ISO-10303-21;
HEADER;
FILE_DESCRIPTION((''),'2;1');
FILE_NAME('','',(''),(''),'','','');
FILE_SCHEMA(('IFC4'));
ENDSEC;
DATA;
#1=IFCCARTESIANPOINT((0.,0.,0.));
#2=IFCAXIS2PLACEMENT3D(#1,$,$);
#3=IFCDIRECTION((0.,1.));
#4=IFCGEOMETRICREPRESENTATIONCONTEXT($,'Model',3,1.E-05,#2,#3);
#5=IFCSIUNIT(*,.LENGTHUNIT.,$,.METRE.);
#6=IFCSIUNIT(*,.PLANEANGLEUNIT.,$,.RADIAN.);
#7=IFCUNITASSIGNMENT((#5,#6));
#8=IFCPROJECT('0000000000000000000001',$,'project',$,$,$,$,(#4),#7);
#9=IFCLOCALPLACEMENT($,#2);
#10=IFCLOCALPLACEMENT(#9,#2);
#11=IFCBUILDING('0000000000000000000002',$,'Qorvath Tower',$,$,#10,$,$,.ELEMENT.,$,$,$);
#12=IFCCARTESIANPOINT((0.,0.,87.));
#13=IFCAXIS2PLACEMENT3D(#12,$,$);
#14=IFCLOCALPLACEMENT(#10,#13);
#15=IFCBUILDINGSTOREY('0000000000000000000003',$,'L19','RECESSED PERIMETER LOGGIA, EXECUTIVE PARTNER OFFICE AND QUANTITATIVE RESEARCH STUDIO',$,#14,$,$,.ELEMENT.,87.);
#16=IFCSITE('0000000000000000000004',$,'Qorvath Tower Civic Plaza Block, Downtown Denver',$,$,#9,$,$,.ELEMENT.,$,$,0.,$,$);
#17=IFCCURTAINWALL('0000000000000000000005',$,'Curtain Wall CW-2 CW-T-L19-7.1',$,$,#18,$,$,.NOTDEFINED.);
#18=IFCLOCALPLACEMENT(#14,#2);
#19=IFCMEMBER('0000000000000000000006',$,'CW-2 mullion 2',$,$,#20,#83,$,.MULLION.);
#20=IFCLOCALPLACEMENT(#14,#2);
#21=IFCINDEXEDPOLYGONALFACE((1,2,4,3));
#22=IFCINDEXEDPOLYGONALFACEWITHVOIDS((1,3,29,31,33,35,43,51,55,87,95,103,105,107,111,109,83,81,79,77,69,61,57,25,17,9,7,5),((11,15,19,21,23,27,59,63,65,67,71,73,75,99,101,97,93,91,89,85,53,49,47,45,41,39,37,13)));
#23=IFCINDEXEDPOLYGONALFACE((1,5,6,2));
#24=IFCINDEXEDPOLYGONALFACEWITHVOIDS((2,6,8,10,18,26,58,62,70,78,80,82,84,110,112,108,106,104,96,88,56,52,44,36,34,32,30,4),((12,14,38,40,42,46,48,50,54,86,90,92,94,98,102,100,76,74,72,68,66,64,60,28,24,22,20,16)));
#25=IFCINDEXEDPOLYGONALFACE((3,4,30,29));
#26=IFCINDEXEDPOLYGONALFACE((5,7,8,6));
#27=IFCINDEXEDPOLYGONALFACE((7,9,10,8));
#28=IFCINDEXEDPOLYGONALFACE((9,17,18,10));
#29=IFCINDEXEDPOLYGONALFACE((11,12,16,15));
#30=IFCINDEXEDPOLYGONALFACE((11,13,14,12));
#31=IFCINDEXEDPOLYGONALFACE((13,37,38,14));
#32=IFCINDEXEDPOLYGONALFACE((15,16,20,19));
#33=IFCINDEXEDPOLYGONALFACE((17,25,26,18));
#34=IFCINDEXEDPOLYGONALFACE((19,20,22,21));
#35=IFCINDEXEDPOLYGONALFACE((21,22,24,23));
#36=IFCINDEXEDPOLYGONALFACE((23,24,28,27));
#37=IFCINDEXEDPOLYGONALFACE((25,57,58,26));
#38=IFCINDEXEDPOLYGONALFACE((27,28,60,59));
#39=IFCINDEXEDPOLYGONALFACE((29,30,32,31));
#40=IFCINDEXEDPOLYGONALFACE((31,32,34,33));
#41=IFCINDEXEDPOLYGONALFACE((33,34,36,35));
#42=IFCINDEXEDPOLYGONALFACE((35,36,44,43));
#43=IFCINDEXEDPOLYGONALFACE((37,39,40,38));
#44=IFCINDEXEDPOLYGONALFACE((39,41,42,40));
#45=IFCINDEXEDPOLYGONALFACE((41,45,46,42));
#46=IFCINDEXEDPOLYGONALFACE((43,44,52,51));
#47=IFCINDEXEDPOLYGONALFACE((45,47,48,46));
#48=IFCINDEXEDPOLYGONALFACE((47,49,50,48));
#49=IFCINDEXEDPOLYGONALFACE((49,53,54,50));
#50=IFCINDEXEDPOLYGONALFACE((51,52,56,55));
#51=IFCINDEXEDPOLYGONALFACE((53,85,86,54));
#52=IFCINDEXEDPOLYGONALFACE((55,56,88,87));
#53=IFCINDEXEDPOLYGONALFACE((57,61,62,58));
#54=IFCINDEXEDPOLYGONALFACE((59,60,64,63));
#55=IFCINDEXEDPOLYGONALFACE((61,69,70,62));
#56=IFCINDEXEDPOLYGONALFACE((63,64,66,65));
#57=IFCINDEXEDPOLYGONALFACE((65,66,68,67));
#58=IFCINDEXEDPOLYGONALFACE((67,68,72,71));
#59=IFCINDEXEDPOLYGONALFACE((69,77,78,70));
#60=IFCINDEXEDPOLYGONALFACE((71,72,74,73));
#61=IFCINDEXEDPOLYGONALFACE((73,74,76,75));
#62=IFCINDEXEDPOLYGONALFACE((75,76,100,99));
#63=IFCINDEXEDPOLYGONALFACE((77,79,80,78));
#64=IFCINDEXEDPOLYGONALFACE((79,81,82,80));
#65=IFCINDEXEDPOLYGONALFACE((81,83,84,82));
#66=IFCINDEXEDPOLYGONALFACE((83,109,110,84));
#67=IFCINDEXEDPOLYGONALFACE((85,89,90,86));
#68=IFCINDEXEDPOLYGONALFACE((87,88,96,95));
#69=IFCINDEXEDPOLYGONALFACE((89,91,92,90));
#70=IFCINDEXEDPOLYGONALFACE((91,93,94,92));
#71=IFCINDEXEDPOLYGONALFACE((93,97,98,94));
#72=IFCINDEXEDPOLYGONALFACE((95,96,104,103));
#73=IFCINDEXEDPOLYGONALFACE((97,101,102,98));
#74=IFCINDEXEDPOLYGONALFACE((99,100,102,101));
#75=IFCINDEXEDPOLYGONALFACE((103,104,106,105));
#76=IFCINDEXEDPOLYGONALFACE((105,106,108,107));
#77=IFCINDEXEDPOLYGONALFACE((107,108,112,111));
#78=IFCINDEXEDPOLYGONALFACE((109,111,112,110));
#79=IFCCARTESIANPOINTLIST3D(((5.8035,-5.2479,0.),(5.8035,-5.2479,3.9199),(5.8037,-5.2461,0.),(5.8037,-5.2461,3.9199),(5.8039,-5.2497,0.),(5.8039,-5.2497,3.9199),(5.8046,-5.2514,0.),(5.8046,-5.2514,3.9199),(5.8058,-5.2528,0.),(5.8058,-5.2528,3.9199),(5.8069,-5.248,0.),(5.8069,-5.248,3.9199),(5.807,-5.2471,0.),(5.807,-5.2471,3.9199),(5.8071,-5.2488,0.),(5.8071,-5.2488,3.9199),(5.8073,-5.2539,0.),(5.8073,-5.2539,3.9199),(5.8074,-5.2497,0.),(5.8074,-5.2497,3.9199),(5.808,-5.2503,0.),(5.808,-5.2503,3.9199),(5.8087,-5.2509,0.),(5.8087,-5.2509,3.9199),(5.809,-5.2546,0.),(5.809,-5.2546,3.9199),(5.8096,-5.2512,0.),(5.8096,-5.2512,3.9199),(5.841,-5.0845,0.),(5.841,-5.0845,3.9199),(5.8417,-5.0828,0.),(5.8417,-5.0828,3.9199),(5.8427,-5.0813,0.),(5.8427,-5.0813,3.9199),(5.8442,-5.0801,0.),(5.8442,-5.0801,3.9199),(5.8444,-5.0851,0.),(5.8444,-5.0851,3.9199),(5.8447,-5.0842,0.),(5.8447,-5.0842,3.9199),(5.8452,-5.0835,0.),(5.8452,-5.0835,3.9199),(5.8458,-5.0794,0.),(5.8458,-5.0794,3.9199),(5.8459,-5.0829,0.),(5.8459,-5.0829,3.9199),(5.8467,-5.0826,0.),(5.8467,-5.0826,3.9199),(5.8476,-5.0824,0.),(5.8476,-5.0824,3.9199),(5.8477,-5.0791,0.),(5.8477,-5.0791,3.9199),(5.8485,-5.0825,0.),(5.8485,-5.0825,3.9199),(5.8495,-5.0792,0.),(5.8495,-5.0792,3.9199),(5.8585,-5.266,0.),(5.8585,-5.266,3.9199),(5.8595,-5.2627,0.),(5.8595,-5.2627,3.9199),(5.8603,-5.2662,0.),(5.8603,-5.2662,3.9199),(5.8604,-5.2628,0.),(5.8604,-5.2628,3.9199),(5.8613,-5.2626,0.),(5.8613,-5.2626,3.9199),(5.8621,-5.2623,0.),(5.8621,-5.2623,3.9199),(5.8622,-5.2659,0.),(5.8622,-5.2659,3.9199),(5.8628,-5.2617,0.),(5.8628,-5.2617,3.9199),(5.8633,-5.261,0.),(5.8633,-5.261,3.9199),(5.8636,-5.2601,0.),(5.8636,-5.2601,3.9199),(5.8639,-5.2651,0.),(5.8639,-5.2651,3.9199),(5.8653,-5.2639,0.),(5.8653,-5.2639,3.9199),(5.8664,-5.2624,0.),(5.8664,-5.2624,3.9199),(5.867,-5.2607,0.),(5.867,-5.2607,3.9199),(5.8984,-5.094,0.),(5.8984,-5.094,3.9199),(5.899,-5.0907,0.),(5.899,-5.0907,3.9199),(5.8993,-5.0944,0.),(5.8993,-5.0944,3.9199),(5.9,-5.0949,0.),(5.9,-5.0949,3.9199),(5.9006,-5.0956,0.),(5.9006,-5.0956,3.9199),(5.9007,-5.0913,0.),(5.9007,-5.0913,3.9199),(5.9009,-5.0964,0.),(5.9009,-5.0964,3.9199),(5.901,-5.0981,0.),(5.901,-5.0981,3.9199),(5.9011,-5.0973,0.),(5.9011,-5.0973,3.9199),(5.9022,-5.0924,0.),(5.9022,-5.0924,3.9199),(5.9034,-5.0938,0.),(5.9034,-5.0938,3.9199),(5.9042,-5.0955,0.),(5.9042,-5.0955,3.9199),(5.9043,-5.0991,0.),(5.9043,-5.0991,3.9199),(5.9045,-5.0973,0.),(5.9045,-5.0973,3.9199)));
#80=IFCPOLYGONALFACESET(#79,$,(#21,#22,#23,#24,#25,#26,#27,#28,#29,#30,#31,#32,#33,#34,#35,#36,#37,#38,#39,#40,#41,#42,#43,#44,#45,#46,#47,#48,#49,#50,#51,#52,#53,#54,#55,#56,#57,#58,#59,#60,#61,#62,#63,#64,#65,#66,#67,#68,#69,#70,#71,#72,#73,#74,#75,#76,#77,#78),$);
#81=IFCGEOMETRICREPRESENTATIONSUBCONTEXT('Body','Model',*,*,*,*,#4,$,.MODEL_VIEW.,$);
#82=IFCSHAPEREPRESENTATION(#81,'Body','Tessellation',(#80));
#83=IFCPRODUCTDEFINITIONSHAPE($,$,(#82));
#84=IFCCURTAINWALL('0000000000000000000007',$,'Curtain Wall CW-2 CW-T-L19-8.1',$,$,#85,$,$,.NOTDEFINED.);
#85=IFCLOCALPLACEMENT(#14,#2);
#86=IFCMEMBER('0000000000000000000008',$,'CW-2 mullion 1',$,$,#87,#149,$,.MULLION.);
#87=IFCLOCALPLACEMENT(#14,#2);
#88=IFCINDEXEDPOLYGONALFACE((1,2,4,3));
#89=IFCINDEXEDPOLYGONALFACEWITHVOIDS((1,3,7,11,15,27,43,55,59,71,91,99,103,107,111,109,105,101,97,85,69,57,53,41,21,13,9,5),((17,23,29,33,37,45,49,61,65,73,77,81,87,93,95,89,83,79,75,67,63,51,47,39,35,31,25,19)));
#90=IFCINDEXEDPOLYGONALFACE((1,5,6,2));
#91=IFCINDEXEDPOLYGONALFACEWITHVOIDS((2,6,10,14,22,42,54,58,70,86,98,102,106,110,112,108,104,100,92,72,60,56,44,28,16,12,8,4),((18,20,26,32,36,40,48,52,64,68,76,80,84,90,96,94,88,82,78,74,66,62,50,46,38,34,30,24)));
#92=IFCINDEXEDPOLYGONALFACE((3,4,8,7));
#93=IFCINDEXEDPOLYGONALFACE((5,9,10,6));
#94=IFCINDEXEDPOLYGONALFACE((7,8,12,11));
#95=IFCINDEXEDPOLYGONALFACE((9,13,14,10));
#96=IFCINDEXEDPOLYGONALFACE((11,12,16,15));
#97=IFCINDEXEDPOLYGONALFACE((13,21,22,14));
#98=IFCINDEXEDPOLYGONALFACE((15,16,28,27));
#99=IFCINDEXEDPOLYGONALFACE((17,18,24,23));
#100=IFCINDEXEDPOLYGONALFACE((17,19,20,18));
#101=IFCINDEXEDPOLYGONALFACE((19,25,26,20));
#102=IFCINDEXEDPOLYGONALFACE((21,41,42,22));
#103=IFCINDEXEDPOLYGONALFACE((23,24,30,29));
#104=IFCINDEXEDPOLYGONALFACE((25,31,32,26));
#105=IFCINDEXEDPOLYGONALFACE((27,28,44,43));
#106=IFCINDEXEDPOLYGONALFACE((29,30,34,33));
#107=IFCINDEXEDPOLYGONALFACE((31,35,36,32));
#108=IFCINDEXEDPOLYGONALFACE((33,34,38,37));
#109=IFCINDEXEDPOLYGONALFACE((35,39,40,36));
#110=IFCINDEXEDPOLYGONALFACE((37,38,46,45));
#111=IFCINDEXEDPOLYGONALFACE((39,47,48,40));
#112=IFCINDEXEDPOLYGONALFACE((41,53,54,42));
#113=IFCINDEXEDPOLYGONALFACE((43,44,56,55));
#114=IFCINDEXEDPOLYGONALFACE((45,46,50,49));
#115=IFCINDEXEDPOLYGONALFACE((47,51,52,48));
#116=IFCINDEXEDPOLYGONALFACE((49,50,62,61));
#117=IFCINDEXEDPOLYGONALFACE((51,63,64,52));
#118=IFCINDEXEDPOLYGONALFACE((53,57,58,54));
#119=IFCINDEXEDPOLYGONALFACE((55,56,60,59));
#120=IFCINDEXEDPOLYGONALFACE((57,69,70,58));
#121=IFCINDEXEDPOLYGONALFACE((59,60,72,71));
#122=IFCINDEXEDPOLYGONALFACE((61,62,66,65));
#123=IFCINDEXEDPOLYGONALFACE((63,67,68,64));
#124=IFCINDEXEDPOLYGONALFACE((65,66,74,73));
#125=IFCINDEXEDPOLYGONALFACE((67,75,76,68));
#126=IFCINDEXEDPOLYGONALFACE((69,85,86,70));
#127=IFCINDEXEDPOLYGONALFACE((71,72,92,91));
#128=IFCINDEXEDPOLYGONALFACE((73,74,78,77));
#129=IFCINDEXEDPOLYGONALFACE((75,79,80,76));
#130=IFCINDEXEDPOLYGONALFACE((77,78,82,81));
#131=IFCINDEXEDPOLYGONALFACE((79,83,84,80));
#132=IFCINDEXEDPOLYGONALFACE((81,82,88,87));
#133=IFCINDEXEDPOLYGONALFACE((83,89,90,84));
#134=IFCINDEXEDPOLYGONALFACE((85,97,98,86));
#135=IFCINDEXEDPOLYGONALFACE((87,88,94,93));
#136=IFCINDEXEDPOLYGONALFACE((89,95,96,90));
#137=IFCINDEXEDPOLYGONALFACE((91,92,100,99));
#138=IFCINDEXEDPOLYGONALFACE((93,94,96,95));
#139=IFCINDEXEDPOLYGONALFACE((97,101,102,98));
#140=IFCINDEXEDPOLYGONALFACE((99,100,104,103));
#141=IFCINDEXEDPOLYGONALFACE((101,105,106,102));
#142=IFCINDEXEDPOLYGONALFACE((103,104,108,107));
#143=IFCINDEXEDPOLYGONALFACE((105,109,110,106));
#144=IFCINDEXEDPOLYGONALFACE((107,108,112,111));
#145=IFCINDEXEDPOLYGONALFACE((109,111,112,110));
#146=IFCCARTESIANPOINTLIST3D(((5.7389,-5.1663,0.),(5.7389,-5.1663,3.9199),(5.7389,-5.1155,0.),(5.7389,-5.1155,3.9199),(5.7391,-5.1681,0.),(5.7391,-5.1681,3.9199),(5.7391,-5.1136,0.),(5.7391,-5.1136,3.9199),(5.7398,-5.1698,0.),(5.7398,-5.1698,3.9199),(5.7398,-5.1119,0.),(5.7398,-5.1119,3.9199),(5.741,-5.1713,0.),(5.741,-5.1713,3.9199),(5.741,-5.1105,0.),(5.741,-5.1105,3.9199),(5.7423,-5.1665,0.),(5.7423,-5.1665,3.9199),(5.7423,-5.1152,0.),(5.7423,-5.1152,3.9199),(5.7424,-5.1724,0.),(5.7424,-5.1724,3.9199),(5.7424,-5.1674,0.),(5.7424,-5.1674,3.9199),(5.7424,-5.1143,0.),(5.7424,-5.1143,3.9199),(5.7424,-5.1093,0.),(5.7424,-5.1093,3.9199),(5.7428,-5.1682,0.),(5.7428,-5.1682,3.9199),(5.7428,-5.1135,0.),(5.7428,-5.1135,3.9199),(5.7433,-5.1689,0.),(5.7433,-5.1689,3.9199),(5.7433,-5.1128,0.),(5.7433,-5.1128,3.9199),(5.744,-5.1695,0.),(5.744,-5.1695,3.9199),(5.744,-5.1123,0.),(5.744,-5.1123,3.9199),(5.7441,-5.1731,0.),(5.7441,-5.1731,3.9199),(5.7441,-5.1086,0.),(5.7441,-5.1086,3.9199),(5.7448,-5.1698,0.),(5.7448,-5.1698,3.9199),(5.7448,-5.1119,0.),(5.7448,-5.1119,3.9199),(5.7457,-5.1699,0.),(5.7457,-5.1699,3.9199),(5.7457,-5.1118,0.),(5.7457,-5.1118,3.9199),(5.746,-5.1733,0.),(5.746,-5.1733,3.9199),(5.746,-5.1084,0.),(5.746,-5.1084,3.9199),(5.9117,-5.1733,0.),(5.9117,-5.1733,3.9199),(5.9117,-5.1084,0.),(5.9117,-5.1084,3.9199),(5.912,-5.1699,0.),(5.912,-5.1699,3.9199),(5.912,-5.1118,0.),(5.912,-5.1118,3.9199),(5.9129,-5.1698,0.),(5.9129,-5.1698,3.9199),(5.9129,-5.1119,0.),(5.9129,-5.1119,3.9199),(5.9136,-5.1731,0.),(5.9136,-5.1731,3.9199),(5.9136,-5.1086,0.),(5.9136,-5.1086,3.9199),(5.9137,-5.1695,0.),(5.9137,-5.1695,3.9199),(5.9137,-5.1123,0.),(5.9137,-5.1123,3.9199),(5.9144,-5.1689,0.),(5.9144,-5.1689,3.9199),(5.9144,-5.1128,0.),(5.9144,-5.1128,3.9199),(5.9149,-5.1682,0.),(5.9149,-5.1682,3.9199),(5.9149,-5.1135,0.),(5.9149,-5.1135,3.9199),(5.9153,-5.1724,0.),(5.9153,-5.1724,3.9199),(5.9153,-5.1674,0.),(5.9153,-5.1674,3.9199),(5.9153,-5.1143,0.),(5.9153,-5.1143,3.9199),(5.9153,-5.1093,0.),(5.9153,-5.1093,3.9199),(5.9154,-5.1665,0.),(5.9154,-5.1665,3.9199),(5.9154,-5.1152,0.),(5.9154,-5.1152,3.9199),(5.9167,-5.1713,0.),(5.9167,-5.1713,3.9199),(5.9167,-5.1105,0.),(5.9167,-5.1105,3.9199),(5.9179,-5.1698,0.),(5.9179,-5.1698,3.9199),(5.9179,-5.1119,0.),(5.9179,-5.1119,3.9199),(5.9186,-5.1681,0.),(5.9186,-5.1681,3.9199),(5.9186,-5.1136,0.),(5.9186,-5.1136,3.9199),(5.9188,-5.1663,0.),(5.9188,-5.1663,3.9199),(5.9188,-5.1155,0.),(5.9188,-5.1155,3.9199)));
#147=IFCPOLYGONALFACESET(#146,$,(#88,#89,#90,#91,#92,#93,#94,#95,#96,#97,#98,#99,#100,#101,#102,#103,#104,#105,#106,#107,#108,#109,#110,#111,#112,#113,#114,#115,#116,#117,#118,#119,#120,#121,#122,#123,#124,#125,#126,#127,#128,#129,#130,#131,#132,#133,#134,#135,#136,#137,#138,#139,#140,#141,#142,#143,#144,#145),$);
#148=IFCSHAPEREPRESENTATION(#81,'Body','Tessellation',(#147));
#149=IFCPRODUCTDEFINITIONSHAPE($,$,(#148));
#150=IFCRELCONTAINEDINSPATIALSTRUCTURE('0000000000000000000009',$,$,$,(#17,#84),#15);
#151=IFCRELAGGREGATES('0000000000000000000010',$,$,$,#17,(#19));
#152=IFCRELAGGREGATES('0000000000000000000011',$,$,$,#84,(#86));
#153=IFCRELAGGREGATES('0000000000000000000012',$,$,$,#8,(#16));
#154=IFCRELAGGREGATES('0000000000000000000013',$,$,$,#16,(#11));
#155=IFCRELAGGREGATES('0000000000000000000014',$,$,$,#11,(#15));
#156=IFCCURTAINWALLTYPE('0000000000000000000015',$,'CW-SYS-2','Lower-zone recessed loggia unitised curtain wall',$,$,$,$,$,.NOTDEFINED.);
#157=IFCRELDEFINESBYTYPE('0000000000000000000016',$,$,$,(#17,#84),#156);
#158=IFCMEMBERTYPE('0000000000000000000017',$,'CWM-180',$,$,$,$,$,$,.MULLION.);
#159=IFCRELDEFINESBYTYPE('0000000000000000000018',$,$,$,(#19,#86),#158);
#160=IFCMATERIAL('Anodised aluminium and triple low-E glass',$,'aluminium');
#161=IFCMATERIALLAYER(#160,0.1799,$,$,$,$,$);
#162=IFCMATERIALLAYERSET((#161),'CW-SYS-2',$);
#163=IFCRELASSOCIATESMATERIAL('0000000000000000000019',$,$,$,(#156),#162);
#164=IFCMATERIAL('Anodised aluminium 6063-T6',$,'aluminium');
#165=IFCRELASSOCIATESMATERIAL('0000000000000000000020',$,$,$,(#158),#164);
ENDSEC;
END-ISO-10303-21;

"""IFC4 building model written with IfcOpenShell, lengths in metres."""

from ifc_helpers import new_model, si_unit, direction, frame, origin, origin_2d, place, context, subcontext, project, spatial, hollow_rectangle, extrude, material, layer, layer_set, material_profile, profile_set, type_object, element, aggregate, save


model = new_model("IFC4")

# Units and contexts
model_context = context("Model", 3, precision=1e-05, world=origin(), true_north=direction((0.0, 1.0)))
body_context = subcontext(model_context, "Body", "Model", "MODEL_VIEW")
ifc_project = project(units=[si_unit("LENGTHUNIT", "METRE"), si_unit("PLANEANGLEUNIT", "RADIAN")], contexts=[model_context])

# Site, building, storey
site_placement = place(None, origin())
site = spatial("IfcSite", under=ifc_project, at=site_placement, Name="Qorvath Tower Civic Plaza Block, Downtown Denver", CompositionType="ELEMENT", RefElevation=0.0)
building_placement = place(site_placement, origin())
building = spatial("IfcBuilding", under=site, at=building_placement, Name="Qorvath Tower", CompositionType="ELEMENT")
storey_placement = place(building_placement, frame((0.0, 0.0, 87.0)))
storey = spatial("IfcBuildingStorey", under=building, at=storey_placement, Name="L19", Description="RECESSED PERIMETER LOGGIA, EXECUTIVE PARTNER OFFICE AND QUANTITATIVE RESEARCH STUDIO", CompositionType="ELEMENT", Elevation=87.0)

# Shared definitions
ifc_material_1 = material(Name="Anodised aluminium and triple low-E glass", Category="aluminium")
ifc_layer_1 = layer(ifc_material_1, 0.1799)
ifc_layer_set_1 = layer_set([ifc_layer_1], Name="CW-SYS-2")
curtain_wall_type = type_object("IfcCurtainWallType", Name="CW-SYS-2", Description="Lower-zone recessed loggia unitised curtain wall", PredefinedType="NOTDEFINED", material=ifc_layer_set_1)
ifc_material_2 = material(Name="Anodised aluminium 6063-T6", Category="aluminium")
ifc_material_profile_1 = material_profile(ifc_material_2, hollow_rectangle(XDim=0.0649, YDim=0.1799, WallThickness=0.0034, InnerFilletRadius=0.0034, OuterFilletRadius=0.0071, at=origin_2d()), Name="CWM 180x65")
ifc_profile_set_1 = profile_set([ifc_material_profile_1], Name="Anodised aluminium 6063-T6")
member_type_1 = type_object("IfcMemberType", Name="CWM-180", PredefinedType="MULLION", material=ifc_profile_set_1)

# Curtain walls, members
curtain_wall_1_placement = place(storey_placement, origin())
curtain_wall_1 = element("IfcCurtainWall", 1, at=curtain_wall_1_placement, inside=storey, type_object=curtain_wall_type, Name="Curtain Wall CW-2 CW-T-L19-7.1", PredefinedType="NOTDEFINED")
member_1_placement = place(storey_placement, frame((5.854, -5.1726, 0.0), z_axis=(0.0, 0.0, 1.0), x_axis=(-0.974377, 0.224923, 0.0)))
member_1 = element("IfcMember", 2, at=member_1_placement, type_object=member_type_1, Name="CW-2 mullion 2", PredefinedType="MULLION", context=body_context, shape_type="SweptSolid", body=[
    extrude(hollow_rectangle(XDim=0.0649, YDim=0.1799, WallThickness=0.0034, InnerFilletRadius=0.0034, OuterFilletRadius=0.0071, at=origin_2d()), origin(), (0.0, 0.0, 1.0), 3.9199),
])
curtain_wall_2_placement = place(storey_placement, origin())
curtain_wall_2 = element("IfcCurtainWall", 3, at=curtain_wall_2_placement, inside=storey, type_object=curtain_wall_type, Name="Curtain Wall CW-2 CW-T-L19-8.1", PredefinedType="NOTDEFINED")
member_2_placement = place(storey_placement, frame((5.8289, -5.1409, 0.0), z_axis=(0.0, 0.0, 1.0), x_axis=(0.0, -1.0, 0.0)))
member_2 = element("IfcMember", 4, at=member_2_placement, type_object=member_type_1, Name="CW-2 mullion 1", PredefinedType="MULLION", context=body_context, shape_type="SweptSolid", body=[
    extrude(hollow_rectangle(XDim=0.0649, YDim=0.1799, WallThickness=0.0034, InnerFilletRadius=0.0034, OuterFilletRadius=0.0071, at=origin_2d()), origin(), (0.0, 0.0, 1.0), 3.9199),
])

aggregate(curtain_wall_1, [member_1])
aggregate(curtain_wall_2, [member_2])

save(model, "model.ifc")
